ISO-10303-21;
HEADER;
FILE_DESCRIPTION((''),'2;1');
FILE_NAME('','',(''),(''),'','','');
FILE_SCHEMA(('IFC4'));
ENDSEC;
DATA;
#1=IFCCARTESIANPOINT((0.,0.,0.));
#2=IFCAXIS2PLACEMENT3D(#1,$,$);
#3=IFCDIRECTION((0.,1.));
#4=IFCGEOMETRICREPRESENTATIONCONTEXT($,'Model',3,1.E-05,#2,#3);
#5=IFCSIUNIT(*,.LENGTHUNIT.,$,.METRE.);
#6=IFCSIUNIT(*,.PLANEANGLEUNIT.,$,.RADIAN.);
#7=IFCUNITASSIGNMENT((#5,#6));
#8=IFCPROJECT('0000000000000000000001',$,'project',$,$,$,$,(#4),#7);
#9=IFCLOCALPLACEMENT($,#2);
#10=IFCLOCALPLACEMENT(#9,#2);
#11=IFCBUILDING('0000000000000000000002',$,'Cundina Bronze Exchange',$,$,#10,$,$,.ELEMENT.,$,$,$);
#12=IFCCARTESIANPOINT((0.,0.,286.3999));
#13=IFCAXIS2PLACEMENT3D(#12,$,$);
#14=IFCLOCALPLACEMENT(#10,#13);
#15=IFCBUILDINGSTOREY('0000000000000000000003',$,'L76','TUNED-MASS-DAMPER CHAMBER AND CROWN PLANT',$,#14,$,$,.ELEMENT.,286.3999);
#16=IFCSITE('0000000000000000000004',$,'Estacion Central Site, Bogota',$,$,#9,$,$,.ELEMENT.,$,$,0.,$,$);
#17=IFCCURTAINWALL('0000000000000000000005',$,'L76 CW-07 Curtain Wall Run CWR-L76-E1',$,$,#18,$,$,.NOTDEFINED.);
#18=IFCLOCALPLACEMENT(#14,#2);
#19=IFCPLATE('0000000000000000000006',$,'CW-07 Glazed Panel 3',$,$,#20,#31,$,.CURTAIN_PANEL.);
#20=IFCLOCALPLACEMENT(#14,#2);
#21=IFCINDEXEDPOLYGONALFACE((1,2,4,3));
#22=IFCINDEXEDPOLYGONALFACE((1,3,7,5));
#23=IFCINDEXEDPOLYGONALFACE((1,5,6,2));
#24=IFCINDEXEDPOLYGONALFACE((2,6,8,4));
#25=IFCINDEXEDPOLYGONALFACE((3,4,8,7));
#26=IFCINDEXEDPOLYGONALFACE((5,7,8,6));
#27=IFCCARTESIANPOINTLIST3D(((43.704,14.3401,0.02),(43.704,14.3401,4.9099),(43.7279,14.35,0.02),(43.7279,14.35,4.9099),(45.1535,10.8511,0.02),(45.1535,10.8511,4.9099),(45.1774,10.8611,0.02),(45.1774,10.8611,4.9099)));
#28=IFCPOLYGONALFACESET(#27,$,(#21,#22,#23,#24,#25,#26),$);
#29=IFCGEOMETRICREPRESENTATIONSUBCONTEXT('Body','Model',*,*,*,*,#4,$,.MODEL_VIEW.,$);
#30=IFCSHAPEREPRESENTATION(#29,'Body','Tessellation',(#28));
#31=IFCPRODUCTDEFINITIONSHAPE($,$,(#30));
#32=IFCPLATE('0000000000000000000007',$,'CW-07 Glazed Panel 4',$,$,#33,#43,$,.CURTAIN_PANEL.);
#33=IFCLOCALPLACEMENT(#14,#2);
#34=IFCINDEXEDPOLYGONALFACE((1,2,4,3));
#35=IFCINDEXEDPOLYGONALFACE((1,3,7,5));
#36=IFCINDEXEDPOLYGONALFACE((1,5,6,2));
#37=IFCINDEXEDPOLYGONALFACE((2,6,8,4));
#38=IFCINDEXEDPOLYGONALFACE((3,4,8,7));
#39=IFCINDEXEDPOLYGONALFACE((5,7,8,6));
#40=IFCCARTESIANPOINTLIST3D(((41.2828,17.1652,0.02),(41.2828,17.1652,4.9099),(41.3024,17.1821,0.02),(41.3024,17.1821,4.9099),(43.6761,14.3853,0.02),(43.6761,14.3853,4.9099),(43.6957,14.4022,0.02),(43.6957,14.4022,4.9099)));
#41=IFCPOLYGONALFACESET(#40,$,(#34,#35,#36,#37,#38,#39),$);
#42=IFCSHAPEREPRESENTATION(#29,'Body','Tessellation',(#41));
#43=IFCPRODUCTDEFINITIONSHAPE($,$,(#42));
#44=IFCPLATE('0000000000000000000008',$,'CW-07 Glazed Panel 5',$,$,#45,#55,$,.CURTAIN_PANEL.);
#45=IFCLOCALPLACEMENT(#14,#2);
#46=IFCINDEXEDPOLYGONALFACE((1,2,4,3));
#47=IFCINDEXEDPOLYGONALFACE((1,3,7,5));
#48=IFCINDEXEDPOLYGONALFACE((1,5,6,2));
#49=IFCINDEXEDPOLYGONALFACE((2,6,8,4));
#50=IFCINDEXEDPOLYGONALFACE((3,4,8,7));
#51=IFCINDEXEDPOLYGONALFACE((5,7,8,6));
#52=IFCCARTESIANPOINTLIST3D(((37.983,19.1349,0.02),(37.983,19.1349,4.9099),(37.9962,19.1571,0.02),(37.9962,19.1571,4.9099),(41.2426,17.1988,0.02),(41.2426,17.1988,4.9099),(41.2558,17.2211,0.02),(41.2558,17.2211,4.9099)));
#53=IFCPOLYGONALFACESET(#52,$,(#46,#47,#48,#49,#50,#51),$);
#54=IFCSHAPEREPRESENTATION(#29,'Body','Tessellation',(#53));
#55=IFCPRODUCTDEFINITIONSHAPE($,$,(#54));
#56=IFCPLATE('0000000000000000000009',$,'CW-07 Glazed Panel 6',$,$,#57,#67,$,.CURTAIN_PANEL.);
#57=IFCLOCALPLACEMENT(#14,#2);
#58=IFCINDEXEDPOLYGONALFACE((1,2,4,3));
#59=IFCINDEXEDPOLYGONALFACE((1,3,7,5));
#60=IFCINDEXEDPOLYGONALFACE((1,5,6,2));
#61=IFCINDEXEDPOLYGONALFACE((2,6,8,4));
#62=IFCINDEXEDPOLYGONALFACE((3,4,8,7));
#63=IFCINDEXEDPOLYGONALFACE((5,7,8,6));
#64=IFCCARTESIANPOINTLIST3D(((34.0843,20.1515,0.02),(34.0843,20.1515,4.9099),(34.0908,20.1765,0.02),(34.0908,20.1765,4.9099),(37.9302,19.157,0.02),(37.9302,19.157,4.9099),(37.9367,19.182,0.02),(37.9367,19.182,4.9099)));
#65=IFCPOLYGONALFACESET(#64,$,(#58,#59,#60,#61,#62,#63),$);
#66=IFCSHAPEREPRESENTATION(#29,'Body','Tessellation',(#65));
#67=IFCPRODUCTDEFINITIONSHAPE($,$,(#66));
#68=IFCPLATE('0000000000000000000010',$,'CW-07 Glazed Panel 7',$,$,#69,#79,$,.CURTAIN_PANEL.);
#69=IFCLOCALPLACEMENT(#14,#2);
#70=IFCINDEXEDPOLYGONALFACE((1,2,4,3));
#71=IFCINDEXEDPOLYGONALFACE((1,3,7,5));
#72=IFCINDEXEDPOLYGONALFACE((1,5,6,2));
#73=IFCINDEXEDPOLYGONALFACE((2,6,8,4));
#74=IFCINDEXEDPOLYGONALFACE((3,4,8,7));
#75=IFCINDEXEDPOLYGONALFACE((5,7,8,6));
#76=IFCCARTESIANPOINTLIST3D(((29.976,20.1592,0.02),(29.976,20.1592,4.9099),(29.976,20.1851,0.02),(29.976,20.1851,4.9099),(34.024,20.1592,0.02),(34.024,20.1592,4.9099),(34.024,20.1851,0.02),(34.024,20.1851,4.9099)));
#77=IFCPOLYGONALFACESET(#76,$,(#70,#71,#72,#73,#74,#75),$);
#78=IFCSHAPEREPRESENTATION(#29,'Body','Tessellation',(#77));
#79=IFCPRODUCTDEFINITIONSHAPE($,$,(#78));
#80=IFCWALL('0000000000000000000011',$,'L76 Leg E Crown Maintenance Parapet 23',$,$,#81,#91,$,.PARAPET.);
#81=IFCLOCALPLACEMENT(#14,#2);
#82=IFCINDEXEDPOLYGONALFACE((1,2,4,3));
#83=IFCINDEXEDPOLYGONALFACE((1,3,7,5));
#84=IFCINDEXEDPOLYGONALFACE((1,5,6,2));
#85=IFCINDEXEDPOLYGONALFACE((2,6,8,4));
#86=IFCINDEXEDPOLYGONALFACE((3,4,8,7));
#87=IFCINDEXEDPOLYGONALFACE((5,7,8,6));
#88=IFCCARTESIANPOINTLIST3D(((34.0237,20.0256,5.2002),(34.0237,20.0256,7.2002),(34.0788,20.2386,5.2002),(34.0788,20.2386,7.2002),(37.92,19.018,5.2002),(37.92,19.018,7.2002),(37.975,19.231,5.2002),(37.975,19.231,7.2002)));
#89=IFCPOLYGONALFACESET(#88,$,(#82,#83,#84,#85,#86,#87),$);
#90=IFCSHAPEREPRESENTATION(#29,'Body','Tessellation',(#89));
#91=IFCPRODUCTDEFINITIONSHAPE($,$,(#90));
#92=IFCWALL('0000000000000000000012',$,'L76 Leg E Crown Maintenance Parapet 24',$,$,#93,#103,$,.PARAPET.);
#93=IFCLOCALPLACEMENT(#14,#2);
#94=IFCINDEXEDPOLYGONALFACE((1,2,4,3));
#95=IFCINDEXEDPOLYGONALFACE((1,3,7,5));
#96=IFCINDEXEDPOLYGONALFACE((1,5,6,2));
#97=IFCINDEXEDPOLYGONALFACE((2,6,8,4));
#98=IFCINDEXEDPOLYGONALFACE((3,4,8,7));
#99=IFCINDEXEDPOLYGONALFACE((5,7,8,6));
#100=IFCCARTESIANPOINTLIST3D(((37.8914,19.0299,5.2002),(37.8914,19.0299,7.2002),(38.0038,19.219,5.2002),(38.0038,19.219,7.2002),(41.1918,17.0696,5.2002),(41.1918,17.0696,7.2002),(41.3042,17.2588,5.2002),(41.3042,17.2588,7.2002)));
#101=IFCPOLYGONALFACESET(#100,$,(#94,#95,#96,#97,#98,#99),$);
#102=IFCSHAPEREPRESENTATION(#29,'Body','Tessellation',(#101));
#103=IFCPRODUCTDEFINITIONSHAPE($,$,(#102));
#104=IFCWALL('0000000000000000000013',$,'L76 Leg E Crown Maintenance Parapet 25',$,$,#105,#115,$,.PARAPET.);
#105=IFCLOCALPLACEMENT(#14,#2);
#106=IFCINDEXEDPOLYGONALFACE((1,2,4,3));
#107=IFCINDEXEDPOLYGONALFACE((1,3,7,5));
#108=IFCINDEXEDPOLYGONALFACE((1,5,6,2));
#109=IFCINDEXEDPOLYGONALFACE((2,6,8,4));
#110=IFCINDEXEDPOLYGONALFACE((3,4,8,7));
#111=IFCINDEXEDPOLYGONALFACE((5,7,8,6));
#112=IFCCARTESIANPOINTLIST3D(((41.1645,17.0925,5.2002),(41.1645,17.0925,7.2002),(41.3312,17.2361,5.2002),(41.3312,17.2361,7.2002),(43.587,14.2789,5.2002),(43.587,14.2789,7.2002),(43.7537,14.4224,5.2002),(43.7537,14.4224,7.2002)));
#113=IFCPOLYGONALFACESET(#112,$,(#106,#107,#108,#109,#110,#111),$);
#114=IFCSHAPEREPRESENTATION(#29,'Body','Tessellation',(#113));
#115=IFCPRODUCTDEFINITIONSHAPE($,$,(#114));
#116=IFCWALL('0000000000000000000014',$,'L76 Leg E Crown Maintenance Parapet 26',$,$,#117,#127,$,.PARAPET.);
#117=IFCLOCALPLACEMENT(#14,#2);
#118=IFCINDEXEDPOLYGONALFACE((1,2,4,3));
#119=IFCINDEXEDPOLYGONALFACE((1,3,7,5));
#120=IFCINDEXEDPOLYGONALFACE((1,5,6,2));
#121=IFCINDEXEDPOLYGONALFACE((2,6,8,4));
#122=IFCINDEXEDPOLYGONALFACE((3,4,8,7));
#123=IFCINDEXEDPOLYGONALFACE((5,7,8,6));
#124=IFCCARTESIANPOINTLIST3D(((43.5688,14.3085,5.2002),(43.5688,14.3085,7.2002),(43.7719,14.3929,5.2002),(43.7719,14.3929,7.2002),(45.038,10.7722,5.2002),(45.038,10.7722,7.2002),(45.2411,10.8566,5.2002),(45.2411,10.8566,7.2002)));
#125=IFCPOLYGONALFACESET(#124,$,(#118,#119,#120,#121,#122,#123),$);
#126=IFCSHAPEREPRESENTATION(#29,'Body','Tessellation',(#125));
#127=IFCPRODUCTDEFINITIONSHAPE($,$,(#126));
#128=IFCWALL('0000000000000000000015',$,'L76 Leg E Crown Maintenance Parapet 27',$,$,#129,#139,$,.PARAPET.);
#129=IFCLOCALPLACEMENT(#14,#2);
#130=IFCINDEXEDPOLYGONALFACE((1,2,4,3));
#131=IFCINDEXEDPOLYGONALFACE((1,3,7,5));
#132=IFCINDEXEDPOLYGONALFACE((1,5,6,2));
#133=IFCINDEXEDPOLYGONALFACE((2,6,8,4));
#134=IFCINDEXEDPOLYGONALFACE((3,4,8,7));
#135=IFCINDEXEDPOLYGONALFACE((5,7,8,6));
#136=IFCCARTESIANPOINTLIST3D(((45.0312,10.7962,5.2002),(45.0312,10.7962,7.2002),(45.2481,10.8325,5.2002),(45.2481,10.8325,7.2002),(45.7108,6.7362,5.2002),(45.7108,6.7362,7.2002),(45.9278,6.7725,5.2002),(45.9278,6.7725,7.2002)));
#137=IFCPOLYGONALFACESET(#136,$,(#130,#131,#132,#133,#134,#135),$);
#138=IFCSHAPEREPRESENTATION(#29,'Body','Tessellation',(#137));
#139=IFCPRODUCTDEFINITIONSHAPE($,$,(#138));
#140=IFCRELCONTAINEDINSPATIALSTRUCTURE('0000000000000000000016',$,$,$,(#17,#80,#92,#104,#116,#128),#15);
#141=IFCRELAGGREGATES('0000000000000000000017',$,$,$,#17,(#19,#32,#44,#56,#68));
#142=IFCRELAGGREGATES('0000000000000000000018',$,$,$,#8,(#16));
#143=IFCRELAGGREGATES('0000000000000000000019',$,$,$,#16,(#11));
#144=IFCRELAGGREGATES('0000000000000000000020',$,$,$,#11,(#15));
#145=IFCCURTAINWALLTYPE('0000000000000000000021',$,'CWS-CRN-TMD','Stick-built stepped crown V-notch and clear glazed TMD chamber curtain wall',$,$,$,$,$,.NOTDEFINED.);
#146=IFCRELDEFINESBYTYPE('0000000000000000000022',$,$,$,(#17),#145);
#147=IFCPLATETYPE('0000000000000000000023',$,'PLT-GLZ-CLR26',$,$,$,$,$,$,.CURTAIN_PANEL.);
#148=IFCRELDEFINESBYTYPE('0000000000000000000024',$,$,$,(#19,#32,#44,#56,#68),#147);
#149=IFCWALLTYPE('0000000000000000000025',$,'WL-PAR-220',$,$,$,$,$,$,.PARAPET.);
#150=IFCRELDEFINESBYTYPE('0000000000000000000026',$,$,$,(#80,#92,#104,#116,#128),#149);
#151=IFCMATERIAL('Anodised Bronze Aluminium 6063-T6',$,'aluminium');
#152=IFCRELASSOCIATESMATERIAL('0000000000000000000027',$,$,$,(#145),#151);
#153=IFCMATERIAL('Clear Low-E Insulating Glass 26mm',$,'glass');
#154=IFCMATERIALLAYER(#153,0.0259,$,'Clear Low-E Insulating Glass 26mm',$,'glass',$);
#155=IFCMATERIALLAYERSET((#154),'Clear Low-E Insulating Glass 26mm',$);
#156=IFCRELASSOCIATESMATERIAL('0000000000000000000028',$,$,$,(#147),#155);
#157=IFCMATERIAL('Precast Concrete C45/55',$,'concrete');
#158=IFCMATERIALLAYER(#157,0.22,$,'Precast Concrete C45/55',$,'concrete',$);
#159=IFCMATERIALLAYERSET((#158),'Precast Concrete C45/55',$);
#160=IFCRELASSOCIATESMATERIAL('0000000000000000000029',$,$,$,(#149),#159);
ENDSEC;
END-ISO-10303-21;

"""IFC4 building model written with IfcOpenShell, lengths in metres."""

from ifc_helpers import new_model, si_unit, direction, frame, frame_2d, origin, origin_2d, place, context, subcontext, project, spatial, rectangle, extrude, material, layer, layer_set, type_object, element, aggregate, save


model = new_model("IFC4")

# Units and contexts
model_context = context("Model", 3, precision=1e-05, world=origin(), true_north=direction((0.0, 1.0)))
body_context = subcontext(model_context, "Body", "Model", "MODEL_VIEW")
ifc_project = project(units=[si_unit("LENGTHUNIT", "METRE"), si_unit("PLANEANGLEUNIT", "RADIAN")], contexts=[model_context])

# Site, building, storey
site_placement = place(None, origin())
site = spatial("IfcSite", under=ifc_project, at=site_placement, Name="Estacion Central Site, Bogota", CompositionType="ELEMENT", RefElevation=0.0)
building_placement = place(site_placement, origin())
building = spatial("IfcBuilding", under=site, at=building_placement, Name="Cundina Bronze Exchange", CompositionType="ELEMENT")
storey_placement = place(building_placement, frame((0.0, 0.0, 286.3999)))
storey = spatial("IfcBuildingStorey", under=building, at=storey_placement, Name="L76", Description="TUNED-MASS-DAMPER CHAMBER AND CROWN PLANT", CompositionType="ELEMENT", Elevation=286.3999)

# Curtain wall
ifc_material_1 = material(Name="Anodised Bronze Aluminium 6063-T6", Category="aluminium")
curtain_wall_type = type_object("IfcCurtainWallType", Name="CWS-CRN-TMD", Description="Stick-built stepped crown V-notch and clear glazed TMD chamber curtain wall", PredefinedType="NOTDEFINED", material=ifc_material_1)
curtain_wall_placement = place(storey_placement, origin())
curtain_wall = element("IfcCurtainWall", 1, at=curtain_wall_placement, inside=storey, type_object=curtain_wall_type, Name="L76 CW-07 Curtain Wall Run CWR-L76-E1", PredefinedType="NOTDEFINED")

# Plates
ifc_material_2 = material(Name="Clear Low-E Insulating Glass 26mm", Category="glass")
ifc_layer_1 = layer(ifc_material_2, 0.0259, Name="Clear Low-E Insulating Glass 26mm", Category="glass")
ifc_layer_set_1 = layer_set([ifc_layer_1], Name="Clear Low-E Insulating Glass 26mm")
plate_type_1 = type_object("IfcPlateType", Name="PLT-GLZ-CLR26", PredefinedType="CURTAIN_PANEL", material=ifc_layer_set_1)
plate_1_placement = place(storey_placement, frame((44.4407, 12.6006, 0.02), z_axis=(0.0, 0.0, 1.0), x_axis=(-0.383667, 0.923472, 0.0)))
plate_1 = element("IfcPlate", 2, at=plate_1_placement, type_object=plate_type_1, Name="CW-07 Glazed Panel 3", PredefinedType="CURTAIN_PANEL", context=body_context, shape_type="SweptSolid", body=[
    extrude(rectangle(XDim=3.7781, YDim=0.0259, at=origin_2d()), origin(), (0.0, 0.0, 1.0), 4.8899),
])
plate_2_placement = place(storey_placement, frame((42.4893, 15.7837, 0.02), z_axis=(0.0, 0.0, 1.0), x_axis=(-0.652456, 0.757827, 0.0)))
plate_2 = element("IfcPlate", 3, at=plate_2_placement, type_object=plate_type_1, Name="CW-07 Glazed Panel 4", PredefinedType="CURTAIN_PANEL", context=body_context, shape_type="SweptSolid", body=[
    extrude(rectangle(XDim=3.6682, YDim=0.0259, at=origin_2d()), origin(), (0.0, 0.0, 1.0), 4.8899),
])
plate_3_placement = place(storey_placement, frame((39.6194, 18.178, 0.02), z_axis=(0.0, 0.0, 1.0), x_axis=(-0.859781, 0.510663, 0.0)))
plate_3 = element("IfcPlate", 4, at=plate_3_placement, type_object=plate_type_1, Name="CW-07 Glazed Panel 5", PredefinedType="CURTAIN_PANEL", context=body_context, shape_type="SweptSolid", body=[
    extrude(rectangle(XDim=3.7913, YDim=0.0259, at=origin_2d()), origin(), (0.0, 0.0, 1.0), 4.8899),
])
plate_4_placement = place(storey_placement, frame((36.0105, 19.6667, 0.02), z_axis=(0.0, 0.0, 1.0), x_axis=(-0.968156, 0.250346, 0.0)))
plate_4 = element("IfcPlate", 5, at=plate_4_placement, type_object=plate_type_1, Name="CW-07 Glazed Panel 6", PredefinedType="CURTAIN_PANEL", context=body_context, shape_type="SweptSolid", body=[
    extrude(rectangle(XDim=3.9724, YDim=0.0259, at=origin_2d()), origin(), (0.0, 0.0, 1.0), 4.8899),
])
plate_5_placement = place(storey_placement, frame((32.0, 20.1721, 0.02), z_axis=(0.0, 0.0, 1.0), x_axis=(-1.0, 0.0, 0.0)))
plate_5 = element("IfcPlate", 6, at=plate_5_placement, type_object=plate_type_1, Name="CW-07 Glazed Panel 7", PredefinedType="CURTAIN_PANEL", context=body_context, shape_type="SweptSolid", body=[
    extrude(rectangle(XDim=4.0481, YDim=0.0259, at=origin_2d()), origin(), (0.0, 0.0, 1.0), 4.8899),
])
aggregate(curtain_wall, [plate_1, plate_2, plate_3, plate_4, plate_5])

# Walls
ifc_material_3 = material(Name="Precast Concrete C45/55", Category="concrete")
ifc_layer_2 = layer(ifc_material_3, 0.22, Name="Precast Concrete C45/55", Category="concrete")
ifc_layer_set_2 = layer_set([ifc_layer_2], Name="Precast Concrete C45/55")
wall_type = type_object("IfcWallType", Name="WL-PAR-220", PredefinedType="PARAPET", material=ifc_layer_set_2)
wall_1_placement = place(storey_placement, frame((34.0513, 20.1321, 5.2002), z_axis=(0.0, 0.0, 1.0), x_axis=(0.968152, -0.250364, 0.0)))
element("IfcWall", 7, at=wall_1_placement, inside=storey, type_object=wall_type, Name="L76 Leg E Crown Maintenance Parapet 23", PredefinedType="PARAPET", context=body_context, shape_type="SweptSolid", body=[
    extrude(rectangle(XDim=4.0244, YDim=0.22, at=frame_2d((2.0122, 0.0))), origin(), (0.0, 0.0, 1.0), 2.0),
])
wall_2_placement = place(storey_placement, frame((37.9475, 19.1245, 5.2002), z_axis=(0.0, 0.0, 1.0), x_axis=(0.85978, -0.510665, 0.0)))
element("IfcWall", 8, at=wall_2_placement, inside=storey, type_object=wall_type, Name="L76 Leg E Crown Maintenance Parapet 24", PredefinedType="PARAPET", context=body_context, shape_type="SweptSolid", body=[
    extrude(rectangle(XDim=3.8386, YDim=0.22, at=frame_2d((1.9194, 0.0))), origin(), (0.0, 0.0, 1.0), 2.0),
])
wall_3_placement = place(storey_placement, frame((41.2478, 17.1643, 5.2002), z_axis=(0.0, 0.0, 1.0), x_axis=(0.652474, -0.757811, 0.0)))
element("IfcWall", 9, at=wall_3_placement, inside=storey, type_object=wall_type, Name="L76 Leg E Crown Maintenance Parapet 25", PredefinedType="PARAPET", context=body_context, shape_type="SweptSolid", body=[
    extrude(rectangle(XDim=3.7129, YDim=0.22, at=frame_2d((1.8564, 0.0))), origin(), (0.0, 0.0, 1.0), 2.0),
])
wall_4_placement = place(storey_placement, frame((43.6704, 14.3506, 5.2002), z_axis=(0.0, 0.0, 1.0), x_axis=(0.383669, -0.923471, 0.0)))
element("IfcWall", 10, at=wall_4_placement, inside=storey, type_object=wall_type, Name="L76 Leg E Crown Maintenance Parapet 26", PredefinedType="PARAPET", context=body_context, shape_type="SweptSolid", body=[
    extrude(rectangle(XDim=3.8293, YDim=0.22, at=frame_2d((1.9146, 0.0))), origin(), (0.0, 0.0, 1.0), 2.0),
])
wall_5_placement = place(storey_placement, frame((45.1396, 10.8142, 5.2002), z_axis=(0.0, 0.0, 1.0), x_axis=(0.165111, -0.986275, 0.0)))
element("IfcWall", 11, at=wall_5_placement, inside=storey, type_object=wall_type, Name="L76 Leg E Crown Maintenance Parapet 27", PredefinedType="PARAPET", context=body_context, shape_type="SweptSolid", body=[
    extrude(rectangle(XDim=4.1165, YDim=0.22, at=frame_2d((2.0581, 0.0))), origin(), (0.0, 0.0, 1.0), 2.0),
])

save(model, "model.ifc")
